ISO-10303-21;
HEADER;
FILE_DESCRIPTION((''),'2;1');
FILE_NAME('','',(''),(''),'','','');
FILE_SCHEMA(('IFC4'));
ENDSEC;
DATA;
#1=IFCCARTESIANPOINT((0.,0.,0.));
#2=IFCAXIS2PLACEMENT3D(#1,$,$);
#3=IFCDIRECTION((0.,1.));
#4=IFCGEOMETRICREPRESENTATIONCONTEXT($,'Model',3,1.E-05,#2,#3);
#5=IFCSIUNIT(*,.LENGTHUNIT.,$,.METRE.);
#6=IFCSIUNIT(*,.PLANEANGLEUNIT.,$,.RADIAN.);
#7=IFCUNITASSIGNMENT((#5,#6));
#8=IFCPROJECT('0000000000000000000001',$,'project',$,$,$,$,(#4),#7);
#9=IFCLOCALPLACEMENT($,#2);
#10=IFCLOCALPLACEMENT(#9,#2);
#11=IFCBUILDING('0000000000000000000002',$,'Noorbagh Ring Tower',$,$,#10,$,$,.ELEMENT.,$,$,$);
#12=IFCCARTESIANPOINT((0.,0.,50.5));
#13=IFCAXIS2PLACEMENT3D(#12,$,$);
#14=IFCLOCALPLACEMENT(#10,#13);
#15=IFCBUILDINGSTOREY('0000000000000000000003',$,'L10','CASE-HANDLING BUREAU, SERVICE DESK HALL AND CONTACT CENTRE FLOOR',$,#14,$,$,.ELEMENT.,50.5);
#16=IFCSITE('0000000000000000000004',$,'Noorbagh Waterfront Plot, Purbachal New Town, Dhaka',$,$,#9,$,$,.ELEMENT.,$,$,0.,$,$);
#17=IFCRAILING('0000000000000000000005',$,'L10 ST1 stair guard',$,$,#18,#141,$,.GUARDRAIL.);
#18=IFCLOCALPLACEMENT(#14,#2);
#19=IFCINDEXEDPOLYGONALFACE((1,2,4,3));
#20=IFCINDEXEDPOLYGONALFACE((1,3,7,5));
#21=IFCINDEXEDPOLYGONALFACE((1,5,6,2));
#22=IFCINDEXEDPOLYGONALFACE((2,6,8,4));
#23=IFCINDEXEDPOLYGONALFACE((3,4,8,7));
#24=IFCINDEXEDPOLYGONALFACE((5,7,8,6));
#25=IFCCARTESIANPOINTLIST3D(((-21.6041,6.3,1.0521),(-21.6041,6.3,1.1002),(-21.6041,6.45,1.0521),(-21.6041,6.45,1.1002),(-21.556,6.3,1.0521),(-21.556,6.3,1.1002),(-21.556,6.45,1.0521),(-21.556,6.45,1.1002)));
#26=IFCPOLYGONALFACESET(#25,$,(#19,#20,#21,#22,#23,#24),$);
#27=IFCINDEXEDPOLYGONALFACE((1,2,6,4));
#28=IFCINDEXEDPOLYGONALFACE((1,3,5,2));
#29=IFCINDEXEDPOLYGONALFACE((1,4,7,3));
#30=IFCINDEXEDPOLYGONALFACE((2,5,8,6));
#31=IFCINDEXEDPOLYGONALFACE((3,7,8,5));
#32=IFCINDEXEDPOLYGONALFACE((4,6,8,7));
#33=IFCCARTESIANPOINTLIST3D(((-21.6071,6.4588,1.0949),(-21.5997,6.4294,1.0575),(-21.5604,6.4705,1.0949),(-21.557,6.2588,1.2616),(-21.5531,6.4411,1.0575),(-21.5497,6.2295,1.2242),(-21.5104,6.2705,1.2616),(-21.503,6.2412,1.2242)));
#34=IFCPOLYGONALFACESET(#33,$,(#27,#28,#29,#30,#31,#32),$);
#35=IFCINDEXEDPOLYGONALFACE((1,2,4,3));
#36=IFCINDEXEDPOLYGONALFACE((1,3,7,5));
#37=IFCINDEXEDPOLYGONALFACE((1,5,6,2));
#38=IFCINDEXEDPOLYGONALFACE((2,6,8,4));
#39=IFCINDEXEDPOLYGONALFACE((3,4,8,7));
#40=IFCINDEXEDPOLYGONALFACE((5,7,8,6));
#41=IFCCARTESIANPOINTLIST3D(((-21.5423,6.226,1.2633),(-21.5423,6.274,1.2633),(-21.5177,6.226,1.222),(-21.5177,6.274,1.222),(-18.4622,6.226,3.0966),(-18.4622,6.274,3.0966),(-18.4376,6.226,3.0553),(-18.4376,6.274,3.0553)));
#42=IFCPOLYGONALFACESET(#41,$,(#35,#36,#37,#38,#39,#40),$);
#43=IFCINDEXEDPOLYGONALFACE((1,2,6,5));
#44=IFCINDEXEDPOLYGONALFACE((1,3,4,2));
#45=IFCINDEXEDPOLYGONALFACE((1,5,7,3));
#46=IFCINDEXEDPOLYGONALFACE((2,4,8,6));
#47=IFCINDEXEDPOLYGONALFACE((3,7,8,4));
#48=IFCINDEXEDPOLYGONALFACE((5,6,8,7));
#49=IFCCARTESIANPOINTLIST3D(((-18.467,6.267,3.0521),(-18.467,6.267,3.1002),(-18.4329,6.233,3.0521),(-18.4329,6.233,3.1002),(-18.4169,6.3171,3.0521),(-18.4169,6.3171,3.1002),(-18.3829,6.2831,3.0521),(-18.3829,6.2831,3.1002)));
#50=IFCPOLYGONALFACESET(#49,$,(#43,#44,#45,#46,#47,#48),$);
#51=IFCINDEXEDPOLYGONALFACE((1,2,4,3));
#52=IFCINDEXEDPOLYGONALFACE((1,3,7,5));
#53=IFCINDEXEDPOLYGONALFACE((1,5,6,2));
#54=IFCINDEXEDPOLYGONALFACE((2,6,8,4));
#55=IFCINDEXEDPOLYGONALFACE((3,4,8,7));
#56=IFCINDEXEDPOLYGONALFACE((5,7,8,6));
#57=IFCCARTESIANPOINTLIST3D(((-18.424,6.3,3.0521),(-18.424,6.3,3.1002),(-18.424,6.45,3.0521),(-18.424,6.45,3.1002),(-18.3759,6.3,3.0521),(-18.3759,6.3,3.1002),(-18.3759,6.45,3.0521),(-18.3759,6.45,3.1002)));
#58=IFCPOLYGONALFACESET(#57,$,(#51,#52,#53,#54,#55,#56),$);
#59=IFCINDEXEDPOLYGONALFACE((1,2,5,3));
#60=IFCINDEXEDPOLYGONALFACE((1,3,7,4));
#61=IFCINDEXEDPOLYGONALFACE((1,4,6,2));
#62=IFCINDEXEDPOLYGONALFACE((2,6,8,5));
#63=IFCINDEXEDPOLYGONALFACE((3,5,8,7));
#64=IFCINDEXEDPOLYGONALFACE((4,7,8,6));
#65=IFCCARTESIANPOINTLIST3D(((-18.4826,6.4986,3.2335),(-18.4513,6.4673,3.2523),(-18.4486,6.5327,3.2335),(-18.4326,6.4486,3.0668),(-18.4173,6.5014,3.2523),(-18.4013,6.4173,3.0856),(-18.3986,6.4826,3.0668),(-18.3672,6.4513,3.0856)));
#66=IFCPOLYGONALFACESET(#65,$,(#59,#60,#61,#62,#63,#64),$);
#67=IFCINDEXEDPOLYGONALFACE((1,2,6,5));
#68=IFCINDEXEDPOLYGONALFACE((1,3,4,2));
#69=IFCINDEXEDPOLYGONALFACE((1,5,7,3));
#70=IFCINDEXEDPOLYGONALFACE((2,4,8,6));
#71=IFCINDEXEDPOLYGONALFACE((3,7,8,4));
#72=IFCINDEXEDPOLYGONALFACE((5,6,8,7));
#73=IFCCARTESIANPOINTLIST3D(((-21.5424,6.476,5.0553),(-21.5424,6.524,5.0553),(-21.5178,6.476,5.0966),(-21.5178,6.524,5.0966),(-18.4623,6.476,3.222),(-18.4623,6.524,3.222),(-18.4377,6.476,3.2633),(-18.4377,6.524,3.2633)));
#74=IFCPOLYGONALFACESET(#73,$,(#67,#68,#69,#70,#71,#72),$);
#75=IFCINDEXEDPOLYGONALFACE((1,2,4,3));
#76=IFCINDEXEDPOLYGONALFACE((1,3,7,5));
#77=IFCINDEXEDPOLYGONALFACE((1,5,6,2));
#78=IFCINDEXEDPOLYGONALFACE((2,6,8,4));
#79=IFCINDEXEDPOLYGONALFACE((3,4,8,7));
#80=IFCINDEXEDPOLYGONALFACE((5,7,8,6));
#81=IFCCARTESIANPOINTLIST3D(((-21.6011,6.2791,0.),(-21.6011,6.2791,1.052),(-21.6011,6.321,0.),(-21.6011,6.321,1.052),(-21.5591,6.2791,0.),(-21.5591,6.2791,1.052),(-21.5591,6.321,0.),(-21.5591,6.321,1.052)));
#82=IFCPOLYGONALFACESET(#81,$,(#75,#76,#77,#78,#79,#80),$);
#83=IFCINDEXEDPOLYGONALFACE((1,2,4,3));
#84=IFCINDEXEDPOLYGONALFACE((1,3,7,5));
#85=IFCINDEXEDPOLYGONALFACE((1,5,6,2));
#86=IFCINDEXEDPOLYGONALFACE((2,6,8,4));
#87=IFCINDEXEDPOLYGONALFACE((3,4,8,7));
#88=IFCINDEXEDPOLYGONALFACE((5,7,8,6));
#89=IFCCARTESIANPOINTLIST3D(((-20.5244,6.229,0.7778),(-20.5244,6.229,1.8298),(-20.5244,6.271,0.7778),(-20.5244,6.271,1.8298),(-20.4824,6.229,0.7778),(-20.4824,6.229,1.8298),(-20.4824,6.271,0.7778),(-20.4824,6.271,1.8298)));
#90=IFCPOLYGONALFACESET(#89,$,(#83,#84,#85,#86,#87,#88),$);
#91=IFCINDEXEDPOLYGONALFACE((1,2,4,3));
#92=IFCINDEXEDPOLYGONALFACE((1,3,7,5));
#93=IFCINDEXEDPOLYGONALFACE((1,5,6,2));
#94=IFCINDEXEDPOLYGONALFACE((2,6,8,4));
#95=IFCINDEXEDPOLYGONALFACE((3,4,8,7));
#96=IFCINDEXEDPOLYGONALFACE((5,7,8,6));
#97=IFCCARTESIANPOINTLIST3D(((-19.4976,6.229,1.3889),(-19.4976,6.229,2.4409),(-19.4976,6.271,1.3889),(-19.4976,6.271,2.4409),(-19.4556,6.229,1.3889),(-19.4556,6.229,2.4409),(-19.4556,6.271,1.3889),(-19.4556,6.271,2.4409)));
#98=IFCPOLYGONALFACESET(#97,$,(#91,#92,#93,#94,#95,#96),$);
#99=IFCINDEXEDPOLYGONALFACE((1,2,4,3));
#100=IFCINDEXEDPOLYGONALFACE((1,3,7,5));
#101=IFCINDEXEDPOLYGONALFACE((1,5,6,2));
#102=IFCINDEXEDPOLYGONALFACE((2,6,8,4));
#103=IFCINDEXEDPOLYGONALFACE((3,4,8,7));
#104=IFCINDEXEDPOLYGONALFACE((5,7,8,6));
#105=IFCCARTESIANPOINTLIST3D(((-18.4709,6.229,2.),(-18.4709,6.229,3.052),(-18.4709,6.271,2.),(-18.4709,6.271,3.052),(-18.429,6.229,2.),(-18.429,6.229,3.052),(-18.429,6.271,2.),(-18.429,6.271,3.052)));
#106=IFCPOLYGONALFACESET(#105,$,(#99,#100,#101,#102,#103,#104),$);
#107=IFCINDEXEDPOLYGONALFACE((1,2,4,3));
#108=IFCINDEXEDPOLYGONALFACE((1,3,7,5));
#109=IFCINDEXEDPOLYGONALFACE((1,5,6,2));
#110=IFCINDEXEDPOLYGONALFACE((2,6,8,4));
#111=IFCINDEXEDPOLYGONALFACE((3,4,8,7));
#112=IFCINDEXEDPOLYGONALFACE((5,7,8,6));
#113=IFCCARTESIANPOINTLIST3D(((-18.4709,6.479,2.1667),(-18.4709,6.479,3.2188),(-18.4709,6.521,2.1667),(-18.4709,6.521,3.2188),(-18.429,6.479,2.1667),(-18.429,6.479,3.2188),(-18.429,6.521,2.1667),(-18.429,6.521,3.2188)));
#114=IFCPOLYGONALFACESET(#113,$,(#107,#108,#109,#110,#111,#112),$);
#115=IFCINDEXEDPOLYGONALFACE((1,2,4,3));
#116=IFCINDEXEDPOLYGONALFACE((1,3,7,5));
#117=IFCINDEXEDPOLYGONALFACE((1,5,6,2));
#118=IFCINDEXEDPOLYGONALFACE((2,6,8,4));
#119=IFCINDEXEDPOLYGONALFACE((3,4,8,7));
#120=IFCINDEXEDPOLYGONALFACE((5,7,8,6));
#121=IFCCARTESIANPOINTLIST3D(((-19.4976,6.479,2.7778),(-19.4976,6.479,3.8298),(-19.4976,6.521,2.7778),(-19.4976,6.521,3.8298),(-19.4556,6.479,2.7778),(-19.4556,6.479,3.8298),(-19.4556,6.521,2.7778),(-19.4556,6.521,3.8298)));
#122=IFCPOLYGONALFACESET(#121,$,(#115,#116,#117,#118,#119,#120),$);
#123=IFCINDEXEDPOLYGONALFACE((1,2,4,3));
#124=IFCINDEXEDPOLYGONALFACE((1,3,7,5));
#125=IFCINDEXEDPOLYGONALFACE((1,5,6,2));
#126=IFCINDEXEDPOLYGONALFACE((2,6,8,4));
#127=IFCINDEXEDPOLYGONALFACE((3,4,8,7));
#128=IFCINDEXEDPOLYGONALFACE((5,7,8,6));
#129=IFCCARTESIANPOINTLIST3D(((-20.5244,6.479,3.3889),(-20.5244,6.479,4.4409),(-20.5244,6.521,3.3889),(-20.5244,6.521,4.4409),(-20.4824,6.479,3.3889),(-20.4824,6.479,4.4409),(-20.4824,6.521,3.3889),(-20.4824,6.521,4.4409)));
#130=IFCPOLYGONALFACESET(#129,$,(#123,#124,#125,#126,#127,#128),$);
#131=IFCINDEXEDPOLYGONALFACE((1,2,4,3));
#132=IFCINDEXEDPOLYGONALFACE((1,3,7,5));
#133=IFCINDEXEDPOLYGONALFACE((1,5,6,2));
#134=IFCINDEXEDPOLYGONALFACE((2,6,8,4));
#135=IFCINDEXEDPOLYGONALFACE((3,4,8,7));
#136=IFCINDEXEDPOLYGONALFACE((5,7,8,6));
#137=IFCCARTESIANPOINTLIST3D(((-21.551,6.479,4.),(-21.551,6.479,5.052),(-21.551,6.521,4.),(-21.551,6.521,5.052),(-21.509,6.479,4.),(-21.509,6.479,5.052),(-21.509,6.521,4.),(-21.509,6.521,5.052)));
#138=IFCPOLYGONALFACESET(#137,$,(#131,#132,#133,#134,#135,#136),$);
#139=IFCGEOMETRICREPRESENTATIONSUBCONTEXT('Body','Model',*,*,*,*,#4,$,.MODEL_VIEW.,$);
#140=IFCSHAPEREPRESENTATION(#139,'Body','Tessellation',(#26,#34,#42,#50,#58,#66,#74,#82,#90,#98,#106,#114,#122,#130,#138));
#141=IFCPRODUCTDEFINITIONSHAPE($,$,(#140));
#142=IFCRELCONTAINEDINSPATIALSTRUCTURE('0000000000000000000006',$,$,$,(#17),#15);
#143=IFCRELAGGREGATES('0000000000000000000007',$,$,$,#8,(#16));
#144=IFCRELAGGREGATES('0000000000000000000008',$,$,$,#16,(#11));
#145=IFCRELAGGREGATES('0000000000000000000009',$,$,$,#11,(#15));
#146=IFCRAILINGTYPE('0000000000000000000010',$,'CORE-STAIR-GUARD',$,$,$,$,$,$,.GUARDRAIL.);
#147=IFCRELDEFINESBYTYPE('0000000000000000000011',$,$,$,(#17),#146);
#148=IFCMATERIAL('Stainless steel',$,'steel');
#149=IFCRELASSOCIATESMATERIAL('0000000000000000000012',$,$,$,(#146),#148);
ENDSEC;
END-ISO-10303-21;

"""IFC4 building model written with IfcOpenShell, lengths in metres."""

from ifc_helpers import new_model, si_unit, direction, frame, origin, origin_2d, place, context, subcontext, project, spatial, rectangle, extrude, material, type_object, element, save


model = new_model("IFC4")

# Units and contexts
model_context = context("Model", 3, precision=1e-05, world=origin(), true_north=direction((0.0, 1.0)))
body_context = subcontext(model_context, "Body", "Model", "MODEL_VIEW")
ifc_project = project(units=[si_unit("LENGTHUNIT", "METRE"), si_unit("PLANEANGLEUNIT", "RADIAN")], contexts=[model_context])

# Site, building, storey
site_placement = place(None, origin())
site = spatial("IfcSite", under=ifc_project, at=site_placement, Name="Noorbagh Waterfront Plot, Purbachal New Town, Dhaka", CompositionType="ELEMENT", RefElevation=0.0)
building_placement = place(site_placement, origin())
building = spatial("IfcBuilding", under=site, at=building_placement, Name="Noorbagh Ring Tower", CompositionType="ELEMENT")
storey_placement = place(building_placement, frame((0.0, 0.0, 50.5)))
storey = spatial("IfcBuildingStorey", under=building, at=storey_placement, Name="L10", Description="CASE-HANDLING BUREAU, SERVICE DESK HALL AND CONTACT CENTRE FLOOR", CompositionType="ELEMENT", Elevation=50.5)

# Railing
ifc_material_1 = material(Name="Stainless steel", Category="steel")
railing_type_1 = type_object("IfcRailingType", Name="CORE-STAIR-GUARD", PredefinedType="GUARDRAIL", material=ifc_material_1)
railing_1_placement = place(storey_placement, frame((-21.5801, 6.3, 0.0)))
element("IfcRailing", 1, at=railing_1_placement, inside=storey, type_object=railing_type_1, Name="L10 ST1 stair guard", PredefinedType="GUARDRAIL", context=body_context, shape_type="SweptSolid", body=[
    extrude(rectangle(XDim=0.0481, YDim=0.0481, at=origin_2d()), frame((0.0, 0.0, 1.0762), z_axis=(0.0, 1.0, 0.0), x_axis=(-1.0, 0.0, 0.0)), (0.0, 0.0, 1.0), 0.1499),
    extrude(rectangle(XDim=0.0481, YDim=0.0481, at=origin_2d()), frame((0.0, 0.1499, 1.0762), z_axis=(0.188776, -0.754182, 0.628946), x_axis=(0.970073, 0.242814, 0.0)), (0.0, 0.0, 1.0), 0.2651),
    extrude(rectangle(XDim=0.0481, YDim=0.0481, at=origin_2d()), frame((0.05, -0.05, 1.2427), z_axis=(0.859309, 0.0, 0.511458), x_axis=(0.0, 1.0, 0.0)), (0.0, 0.0, 1.0), 3.5845),
    extrude(rectangle(XDim=0.0481, YDim=0.0481, at=origin_2d()), frame((3.1301, -0.05, 3.0762), z_axis=(0.707107, 0.707107, 0.0), x_axis=(-0.707107, 0.707107, 0.0)), (0.0, 0.0, 1.0), 0.0708),
    extrude(rectangle(XDim=0.0481, YDim=0.0481, at=origin_2d()), frame((3.1802, 0.0, 3.0762), z_axis=(0.0, 1.0, 0.0), x_axis=(-1.0, 0.0, 0.0)), (0.0, 0.0, 1.0), 0.1499),
    extrude(rectangle(XDim=0.0481, YDim=0.0481, at=origin_2d()), frame((3.1802, 0.1499, 3.0762), z_axis=(-0.276287, 0.276287, 0.920506), x_axis=(-0.707107, -0.707107, 0.0)), (0.0, 0.0, 1.0), 0.1812),
    extrude(rectangle(XDim=0.0481, YDim=0.0481, at=origin_2d()), frame((3.1301, 0.2, 3.2427), z_axis=(-0.859309, 0.0, 0.511458), x_axis=(0.0, -1.0, 0.0)), (0.0, 0.0, 1.0), 3.5845),
    extrude(rectangle(XDim=0.042, YDim=0.042, at=origin_2d()), origin(), (0.0, 0.0, 1.0), 1.052),
    extrude(rectangle(XDim=0.042, YDim=0.042, at=origin_2d()), frame((1.0767, -0.05, 0.7778)), (0.0, 0.0, 1.0), 1.052),
    extrude(rectangle(XDim=0.042, YDim=0.042, at=origin_2d()), frame((2.1035, -0.05, 1.3889)), (0.0, 0.0, 1.0), 1.052),
    extrude(rectangle(XDim=0.042, YDim=0.042, at=origin_2d()), frame((3.1301, -0.05, 2.0)), (0.0, 0.0, 1.0), 1.052),
    extrude(rectangle(XDim=0.042, YDim=0.042, at=origin_2d()), frame((3.1301, 0.2, 2.1667)), (0.0, 0.0, 1.0), 1.052),
    extrude(rectangle(XDim=0.042, YDim=0.042, at=origin_2d()), frame((2.1035, 0.2, 2.7778)), (0.0, 0.0, 1.0), 1.052),
    extrude(rectangle(XDim=0.042, YDim=0.042, at=origin_2d()), frame((1.0767, 0.2, 3.3889)), (0.0, 0.0, 1.0), 1.052),
    extrude(rectangle(XDim=0.042, YDim=0.042, at=origin_2d()), frame((0.05, 0.2, 4.0)), (0.0, 0.0, 1.0), 1.052),
])

save(model, "model.ifc")
